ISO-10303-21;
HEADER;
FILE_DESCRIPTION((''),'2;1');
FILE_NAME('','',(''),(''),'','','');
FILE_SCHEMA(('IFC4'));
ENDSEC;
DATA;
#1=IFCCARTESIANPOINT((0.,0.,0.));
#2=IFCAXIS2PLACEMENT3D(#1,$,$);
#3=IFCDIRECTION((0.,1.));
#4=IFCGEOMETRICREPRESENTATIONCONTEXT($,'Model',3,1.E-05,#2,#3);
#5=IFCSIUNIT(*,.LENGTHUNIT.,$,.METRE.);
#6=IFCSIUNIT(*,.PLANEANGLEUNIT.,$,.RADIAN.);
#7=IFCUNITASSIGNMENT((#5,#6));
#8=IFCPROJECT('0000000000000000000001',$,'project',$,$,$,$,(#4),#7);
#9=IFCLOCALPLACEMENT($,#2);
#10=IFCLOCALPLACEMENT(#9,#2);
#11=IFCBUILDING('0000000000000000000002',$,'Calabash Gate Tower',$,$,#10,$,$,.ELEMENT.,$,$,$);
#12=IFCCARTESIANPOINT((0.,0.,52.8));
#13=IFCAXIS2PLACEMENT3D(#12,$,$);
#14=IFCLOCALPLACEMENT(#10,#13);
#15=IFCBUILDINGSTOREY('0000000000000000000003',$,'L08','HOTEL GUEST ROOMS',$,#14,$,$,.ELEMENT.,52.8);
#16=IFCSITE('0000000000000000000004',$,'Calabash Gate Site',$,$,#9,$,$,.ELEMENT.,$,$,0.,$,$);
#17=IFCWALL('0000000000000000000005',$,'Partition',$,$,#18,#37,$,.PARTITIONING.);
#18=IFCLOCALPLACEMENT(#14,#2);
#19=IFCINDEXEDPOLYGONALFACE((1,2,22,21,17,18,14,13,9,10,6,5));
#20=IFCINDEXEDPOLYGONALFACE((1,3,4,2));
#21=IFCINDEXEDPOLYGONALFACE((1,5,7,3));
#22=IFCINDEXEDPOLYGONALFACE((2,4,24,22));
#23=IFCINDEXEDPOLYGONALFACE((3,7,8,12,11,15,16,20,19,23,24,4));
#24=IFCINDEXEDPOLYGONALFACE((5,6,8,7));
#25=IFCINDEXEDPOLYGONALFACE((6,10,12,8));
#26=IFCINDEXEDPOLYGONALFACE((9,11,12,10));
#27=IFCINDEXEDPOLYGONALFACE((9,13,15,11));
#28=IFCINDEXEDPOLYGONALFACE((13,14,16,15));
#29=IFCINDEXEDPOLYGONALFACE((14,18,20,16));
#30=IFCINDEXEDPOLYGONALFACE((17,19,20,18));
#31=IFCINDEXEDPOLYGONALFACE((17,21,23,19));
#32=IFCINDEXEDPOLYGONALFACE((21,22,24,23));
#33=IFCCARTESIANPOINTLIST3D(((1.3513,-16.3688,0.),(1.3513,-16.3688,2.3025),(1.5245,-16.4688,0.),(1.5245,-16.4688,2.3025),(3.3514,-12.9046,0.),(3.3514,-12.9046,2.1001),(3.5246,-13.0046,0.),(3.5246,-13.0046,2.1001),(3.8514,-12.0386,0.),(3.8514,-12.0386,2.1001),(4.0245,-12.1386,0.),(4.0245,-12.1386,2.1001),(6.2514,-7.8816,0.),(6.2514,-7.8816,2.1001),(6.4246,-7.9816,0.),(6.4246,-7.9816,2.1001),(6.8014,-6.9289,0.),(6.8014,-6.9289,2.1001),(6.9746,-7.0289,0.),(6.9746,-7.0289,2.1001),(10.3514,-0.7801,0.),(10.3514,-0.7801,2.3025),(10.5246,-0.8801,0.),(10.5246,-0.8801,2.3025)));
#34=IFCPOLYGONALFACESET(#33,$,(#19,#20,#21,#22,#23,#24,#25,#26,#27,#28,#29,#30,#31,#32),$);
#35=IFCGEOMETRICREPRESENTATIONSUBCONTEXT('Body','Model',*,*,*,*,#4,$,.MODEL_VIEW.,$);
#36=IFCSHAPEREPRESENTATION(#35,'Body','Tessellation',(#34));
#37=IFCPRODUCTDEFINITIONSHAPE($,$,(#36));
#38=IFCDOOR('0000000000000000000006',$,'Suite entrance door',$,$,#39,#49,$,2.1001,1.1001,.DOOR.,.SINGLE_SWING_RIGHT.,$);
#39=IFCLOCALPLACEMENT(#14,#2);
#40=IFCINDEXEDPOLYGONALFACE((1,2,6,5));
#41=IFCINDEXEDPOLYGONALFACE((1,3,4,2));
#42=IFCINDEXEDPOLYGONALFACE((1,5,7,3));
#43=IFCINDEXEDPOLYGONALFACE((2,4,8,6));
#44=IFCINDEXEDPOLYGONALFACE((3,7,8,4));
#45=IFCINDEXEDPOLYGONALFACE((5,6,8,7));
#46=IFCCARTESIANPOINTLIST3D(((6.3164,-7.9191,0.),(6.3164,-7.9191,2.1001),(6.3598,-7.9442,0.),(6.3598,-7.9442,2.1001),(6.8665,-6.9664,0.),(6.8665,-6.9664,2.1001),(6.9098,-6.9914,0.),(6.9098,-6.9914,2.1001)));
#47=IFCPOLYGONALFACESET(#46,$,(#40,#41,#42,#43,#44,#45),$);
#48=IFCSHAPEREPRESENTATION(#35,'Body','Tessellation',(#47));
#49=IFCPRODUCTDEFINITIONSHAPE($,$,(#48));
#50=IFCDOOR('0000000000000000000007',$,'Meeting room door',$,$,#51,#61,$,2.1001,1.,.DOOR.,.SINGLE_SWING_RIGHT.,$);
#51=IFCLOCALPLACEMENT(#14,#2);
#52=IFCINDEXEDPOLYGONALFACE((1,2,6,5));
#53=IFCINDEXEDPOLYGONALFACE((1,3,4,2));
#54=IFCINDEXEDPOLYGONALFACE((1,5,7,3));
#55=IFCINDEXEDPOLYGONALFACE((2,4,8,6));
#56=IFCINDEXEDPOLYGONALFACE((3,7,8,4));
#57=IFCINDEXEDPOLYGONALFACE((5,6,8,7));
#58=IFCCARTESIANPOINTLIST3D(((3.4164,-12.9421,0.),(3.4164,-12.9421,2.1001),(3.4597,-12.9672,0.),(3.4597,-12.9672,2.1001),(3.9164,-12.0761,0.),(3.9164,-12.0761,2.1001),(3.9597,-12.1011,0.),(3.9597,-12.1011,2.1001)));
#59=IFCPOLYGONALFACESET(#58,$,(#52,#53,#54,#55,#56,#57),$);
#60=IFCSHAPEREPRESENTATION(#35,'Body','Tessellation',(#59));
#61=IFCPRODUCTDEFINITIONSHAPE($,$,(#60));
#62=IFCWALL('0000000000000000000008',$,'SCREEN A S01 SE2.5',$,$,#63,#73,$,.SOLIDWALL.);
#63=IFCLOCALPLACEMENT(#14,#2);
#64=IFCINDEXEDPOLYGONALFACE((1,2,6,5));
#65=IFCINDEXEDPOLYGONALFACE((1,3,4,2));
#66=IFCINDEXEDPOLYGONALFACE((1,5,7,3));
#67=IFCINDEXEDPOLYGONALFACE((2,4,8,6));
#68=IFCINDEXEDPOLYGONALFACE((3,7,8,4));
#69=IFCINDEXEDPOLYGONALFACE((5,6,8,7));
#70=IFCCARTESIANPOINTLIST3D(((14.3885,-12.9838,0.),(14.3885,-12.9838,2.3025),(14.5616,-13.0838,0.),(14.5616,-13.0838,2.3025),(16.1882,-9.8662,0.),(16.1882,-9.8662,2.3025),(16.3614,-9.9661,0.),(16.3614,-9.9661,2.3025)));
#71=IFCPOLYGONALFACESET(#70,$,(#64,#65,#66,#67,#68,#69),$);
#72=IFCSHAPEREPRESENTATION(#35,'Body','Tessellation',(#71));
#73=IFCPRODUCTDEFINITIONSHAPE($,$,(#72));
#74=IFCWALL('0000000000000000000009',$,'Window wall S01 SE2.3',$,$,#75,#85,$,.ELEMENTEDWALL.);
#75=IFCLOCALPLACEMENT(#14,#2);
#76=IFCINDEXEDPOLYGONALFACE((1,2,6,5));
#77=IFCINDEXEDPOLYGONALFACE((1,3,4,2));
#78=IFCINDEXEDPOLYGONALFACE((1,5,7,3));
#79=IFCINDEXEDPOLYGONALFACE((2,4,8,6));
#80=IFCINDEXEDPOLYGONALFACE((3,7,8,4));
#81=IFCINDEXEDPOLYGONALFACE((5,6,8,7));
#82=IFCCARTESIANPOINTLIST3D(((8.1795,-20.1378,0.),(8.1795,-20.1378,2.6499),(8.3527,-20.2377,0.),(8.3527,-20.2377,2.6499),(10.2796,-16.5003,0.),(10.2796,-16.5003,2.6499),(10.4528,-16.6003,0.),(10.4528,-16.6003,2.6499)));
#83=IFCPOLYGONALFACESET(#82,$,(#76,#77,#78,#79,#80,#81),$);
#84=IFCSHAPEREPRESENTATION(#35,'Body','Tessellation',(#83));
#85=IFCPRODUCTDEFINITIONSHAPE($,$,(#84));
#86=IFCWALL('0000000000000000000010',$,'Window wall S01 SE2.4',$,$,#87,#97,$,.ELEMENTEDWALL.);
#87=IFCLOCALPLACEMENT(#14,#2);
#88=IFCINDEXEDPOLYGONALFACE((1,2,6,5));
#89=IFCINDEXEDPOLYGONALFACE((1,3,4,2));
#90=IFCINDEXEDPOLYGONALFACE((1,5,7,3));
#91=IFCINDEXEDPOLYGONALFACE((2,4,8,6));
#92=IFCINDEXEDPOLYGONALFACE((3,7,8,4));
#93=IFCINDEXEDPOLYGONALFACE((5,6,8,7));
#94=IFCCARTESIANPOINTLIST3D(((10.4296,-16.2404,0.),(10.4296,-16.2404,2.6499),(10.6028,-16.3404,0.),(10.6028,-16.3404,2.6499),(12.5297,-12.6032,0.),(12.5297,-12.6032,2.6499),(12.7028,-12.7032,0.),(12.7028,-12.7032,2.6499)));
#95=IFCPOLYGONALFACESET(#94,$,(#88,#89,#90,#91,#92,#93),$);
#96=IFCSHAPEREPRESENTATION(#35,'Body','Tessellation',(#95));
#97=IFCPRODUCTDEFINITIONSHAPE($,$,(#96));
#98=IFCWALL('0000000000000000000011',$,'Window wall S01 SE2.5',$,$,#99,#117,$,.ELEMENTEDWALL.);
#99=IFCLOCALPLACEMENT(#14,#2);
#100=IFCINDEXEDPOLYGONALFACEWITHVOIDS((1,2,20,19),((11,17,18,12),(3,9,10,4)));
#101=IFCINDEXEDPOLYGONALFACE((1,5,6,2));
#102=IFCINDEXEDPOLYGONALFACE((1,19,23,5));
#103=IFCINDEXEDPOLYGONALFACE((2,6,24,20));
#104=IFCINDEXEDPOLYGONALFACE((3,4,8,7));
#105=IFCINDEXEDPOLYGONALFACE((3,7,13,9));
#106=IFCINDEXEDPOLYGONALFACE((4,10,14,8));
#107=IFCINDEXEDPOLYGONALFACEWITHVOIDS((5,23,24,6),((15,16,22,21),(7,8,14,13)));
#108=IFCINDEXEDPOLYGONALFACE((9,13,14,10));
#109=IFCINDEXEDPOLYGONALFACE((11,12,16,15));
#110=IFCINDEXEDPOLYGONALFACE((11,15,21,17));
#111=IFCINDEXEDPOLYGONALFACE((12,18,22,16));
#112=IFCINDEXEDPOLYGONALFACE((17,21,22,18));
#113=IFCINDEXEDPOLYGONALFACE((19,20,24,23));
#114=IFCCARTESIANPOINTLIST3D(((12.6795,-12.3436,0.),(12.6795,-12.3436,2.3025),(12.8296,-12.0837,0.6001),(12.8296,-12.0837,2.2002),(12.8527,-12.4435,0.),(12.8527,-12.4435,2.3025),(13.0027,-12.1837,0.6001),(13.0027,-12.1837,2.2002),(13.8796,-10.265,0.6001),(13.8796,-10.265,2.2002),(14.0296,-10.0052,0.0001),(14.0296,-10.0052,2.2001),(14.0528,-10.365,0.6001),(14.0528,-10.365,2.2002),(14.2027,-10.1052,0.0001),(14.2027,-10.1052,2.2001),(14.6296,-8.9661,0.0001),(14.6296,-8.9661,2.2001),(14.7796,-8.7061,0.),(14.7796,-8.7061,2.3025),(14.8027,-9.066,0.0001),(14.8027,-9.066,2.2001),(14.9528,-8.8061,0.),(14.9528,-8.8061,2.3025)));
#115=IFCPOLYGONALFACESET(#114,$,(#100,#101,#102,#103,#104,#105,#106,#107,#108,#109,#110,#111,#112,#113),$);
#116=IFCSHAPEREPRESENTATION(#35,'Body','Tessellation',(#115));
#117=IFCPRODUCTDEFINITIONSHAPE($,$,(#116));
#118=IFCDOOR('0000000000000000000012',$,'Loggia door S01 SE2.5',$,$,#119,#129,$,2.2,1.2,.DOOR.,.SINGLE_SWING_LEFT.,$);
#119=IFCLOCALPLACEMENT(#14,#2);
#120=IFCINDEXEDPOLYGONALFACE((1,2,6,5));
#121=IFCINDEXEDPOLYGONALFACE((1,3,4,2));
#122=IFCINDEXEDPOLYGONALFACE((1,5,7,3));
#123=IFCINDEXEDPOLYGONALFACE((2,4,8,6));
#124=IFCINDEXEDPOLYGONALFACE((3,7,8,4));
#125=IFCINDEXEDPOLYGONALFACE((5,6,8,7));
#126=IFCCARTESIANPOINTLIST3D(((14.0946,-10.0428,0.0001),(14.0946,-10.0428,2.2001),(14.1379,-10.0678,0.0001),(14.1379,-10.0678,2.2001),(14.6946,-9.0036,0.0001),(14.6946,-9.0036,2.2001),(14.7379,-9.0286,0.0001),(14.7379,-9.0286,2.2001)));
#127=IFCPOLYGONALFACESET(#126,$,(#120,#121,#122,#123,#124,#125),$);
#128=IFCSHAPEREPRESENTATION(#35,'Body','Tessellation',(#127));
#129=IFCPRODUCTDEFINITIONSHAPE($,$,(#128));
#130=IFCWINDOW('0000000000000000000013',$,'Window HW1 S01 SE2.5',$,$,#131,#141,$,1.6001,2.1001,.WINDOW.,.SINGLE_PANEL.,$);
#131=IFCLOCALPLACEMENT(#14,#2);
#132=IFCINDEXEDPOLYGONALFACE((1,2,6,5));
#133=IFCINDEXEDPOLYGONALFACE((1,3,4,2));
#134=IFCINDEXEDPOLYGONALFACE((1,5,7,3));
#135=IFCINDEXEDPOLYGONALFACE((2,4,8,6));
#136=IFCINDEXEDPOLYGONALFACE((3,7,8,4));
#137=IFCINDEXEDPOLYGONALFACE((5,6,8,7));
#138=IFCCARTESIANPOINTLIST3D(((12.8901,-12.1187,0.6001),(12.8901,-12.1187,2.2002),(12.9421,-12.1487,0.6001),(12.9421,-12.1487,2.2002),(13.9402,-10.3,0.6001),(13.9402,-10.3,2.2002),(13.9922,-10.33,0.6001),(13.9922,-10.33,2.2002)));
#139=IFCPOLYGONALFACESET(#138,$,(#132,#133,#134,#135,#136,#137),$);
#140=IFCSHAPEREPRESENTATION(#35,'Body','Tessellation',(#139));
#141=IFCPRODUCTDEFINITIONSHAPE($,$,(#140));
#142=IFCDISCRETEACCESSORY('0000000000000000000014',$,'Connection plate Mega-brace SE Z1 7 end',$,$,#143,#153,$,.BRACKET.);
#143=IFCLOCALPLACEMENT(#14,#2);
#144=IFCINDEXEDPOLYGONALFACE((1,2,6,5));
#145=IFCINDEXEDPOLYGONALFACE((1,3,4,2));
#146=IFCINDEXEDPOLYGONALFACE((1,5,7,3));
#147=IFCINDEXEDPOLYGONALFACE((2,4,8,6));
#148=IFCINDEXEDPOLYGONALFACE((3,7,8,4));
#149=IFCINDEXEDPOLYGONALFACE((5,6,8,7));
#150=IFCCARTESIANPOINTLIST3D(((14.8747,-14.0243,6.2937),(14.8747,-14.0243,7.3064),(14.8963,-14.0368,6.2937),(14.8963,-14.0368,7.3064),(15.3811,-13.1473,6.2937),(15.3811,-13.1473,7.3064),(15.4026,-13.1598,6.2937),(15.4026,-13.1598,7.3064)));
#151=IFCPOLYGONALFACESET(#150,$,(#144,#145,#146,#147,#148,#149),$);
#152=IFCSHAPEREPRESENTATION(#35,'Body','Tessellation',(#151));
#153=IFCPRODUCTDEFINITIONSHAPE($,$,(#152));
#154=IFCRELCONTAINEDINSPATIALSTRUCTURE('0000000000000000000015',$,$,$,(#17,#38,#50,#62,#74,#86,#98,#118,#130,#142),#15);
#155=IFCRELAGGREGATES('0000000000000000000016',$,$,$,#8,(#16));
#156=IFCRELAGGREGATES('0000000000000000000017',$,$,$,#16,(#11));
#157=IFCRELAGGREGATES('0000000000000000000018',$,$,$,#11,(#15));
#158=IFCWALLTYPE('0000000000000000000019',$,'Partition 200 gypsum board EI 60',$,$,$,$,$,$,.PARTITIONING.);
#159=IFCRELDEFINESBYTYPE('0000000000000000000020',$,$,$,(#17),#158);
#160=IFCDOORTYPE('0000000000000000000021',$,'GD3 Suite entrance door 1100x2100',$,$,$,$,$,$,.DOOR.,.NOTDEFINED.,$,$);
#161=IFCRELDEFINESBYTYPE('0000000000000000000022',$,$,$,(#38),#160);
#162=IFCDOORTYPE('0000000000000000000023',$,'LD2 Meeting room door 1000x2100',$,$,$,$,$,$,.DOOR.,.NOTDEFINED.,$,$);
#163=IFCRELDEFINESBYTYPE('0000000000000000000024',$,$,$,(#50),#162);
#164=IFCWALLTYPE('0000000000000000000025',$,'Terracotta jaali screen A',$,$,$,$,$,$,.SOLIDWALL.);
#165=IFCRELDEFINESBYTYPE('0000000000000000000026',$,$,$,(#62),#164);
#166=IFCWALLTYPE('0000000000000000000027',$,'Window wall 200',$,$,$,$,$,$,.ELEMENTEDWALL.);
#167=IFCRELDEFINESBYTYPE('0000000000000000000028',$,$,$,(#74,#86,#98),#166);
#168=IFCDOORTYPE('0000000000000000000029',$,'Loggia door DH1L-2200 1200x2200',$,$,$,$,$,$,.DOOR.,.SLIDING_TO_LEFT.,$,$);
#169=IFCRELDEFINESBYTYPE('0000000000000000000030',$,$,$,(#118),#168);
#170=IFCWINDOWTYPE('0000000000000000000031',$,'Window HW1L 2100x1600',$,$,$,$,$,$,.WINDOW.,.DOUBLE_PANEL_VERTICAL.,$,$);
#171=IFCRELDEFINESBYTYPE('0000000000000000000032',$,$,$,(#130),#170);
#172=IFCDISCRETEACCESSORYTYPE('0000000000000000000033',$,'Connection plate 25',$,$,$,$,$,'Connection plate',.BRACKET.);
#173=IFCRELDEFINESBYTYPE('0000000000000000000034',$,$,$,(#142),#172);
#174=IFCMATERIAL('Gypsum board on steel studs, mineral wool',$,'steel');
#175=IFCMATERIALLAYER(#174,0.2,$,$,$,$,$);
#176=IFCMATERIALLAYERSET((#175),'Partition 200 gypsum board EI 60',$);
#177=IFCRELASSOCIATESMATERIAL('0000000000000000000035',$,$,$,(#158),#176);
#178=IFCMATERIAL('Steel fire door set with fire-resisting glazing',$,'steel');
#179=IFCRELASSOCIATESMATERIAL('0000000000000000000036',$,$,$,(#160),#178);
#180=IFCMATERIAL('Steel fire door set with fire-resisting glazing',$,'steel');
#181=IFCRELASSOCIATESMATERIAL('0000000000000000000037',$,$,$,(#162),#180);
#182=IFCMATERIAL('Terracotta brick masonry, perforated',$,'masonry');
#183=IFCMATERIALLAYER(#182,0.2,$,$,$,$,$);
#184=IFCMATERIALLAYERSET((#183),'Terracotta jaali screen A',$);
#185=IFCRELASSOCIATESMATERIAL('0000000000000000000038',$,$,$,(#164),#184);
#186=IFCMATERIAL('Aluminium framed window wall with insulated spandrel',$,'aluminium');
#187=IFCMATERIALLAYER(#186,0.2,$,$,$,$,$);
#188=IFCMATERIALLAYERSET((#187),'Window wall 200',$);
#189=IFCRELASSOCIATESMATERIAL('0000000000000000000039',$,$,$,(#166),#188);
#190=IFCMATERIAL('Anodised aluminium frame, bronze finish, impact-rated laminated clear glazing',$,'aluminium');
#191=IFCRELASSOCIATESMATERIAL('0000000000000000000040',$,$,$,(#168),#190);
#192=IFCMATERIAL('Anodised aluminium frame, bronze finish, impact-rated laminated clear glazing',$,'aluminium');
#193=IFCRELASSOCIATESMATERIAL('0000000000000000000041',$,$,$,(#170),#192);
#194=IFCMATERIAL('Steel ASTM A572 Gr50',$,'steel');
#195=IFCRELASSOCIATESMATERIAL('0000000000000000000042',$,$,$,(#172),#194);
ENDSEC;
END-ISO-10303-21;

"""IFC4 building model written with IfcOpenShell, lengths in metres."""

from ifc_helpers import new_model, si_unit, direction, frame, frame_2d, origin, origin_2d, place, context, subcontext, project, spatial, rectangle, extrude, material, layer, layer_set, type_object, element, fill, save


model = new_model("IFC4")

# Units and contexts
model_context = context("Model", 3, precision=1e-05, world=origin(), true_north=direction((0.0, 1.0)))
body_context = subcontext(model_context, "Body", "Model", "MODEL_VIEW")
ifc_project = project(units=[si_unit("LENGTHUNIT", "METRE"), si_unit("PLANEANGLEUNIT", "RADIAN")], contexts=[model_context])

# Site, building, storey
site_placement = place(None, origin())
site = spatial("IfcSite", under=ifc_project, at=site_placement, Name="Calabash Gate Site", CompositionType="ELEMENT", RefElevation=0.0)
building_placement = place(site_placement, origin())
building = spatial("IfcBuilding", under=site, at=building_placement, Name="Calabash Gate Tower", CompositionType="ELEMENT")
storey_placement = place(building_placement, frame((0.0, 0.0, 52.8)))
storey = spatial("IfcBuildingStorey", under=building, at=storey_placement, Name="L08", Description="HOTEL GUEST ROOMS", CompositionType="ELEMENT", Elevation=52.8)

# Shared definitions
ifc_material_1 = material(Name="Gypsum board on steel studs, mineral wool", Category="steel")
ifc_layer_1 = layer(ifc_material_1, 0.2)
ifc_layer_set_1 = layer_set([ifc_layer_1], Name="Partition 200 gypsum board EI 60")
wall_type_1 = type_object("IfcWallType", Name="Partition 200 gypsum board EI 60", PredefinedType="PARTITIONING", material=ifc_layer_set_1)
ifc_material_2 = material(Name="Steel fire door set with fire-resisting glazing", Category="steel")
door_type_1 = type_object("IfcDoorType", Name="GD3 Suite entrance door 1100x2100", OperationType="NOTDEFINED", PredefinedType="DOOR", material=ifc_material_2)

# Shared definitions
ifc_material_3 = material(Name="Steel fire door set with fire-resisting glazing", Category="steel")
door_type_2 = type_object("IfcDoorType", Name="LD2 Meeting room door 1000x2100", OperationType="NOTDEFINED", PredefinedType="DOOR", material=ifc_material_3)

# Wall, openings, doors
wall_1_placement = place(storey_placement, frame((1.438, -16.4187, 0.0), z_axis=(0.0, 0.0, 1.0), x_axis=(0.499996, 0.866028, 0.0)))
wall_1 = element("IfcWall", 1, at=wall_1_placement, inside=storey, type_object=wall_type_1, Name="Partition", PredefinedType="PARTITIONING", context=body_context, shape_type="SweptSolid", body=[
    extrude(rectangle(XDim=18.0002, YDim=0.2, at=frame_2d((9.0, 0.0))), origin(), (0.0, 0.0, 1.0), 2.3025),
])
opening_1_placement = place(wall_1_placement, frame((4.0, 0.0, 0.0)))
opening_1 = element("IfcOpeningElement", 2, at=opening_1_placement, cuts=wall_1, PredefinedType="OPENING", context=body_context, shape_type="SweptSolid", body=[
    extrude(rectangle(XDim=1.0, YDim=2.1001, at=frame_2d((0.5, 1.05))), frame((0.0, 0.1099, 0.0), z_axis=(0.0, -1.0, 0.0), x_axis=(1.0, 0.0, 0.0)), (0.0, 0.0, 1.0), 0.22),
])
opening_2_placement = place(wall_1_placement, frame((9.8, 0.0, 0.0)))
opening_2 = element("IfcOpeningElement", 3, at=opening_2_placement, cuts=wall_1, PredefinedType="OPENING", context=body_context, shape_type="SweptSolid", body=[
    extrude(rectangle(XDim=1.1001, YDim=2.1001, at=frame_2d((0.55, 1.05))), frame((0.0, 0.1099, 0.0), z_axis=(0.0, -1.0, 0.0), x_axis=(1.0, 0.0, 0.0)), (0.0, 0.0, 1.0), 0.22),
])
door_1_placement = place(opening_2_placement, origin())
door_1 = element("IfcDoor", 4, at=door_1_placement, inside=storey, type_object=door_type_1, Name="Suite entrance door", OperationType="SINGLE_SWING_RIGHT", OverallHeight=2.1001, OverallWidth=1.1001, PredefinedType="DOOR", context=body_context, shape_type="SweptSolid", body=[
    extrude(rectangle(XDim=1.1001, YDim=2.1001, at=frame_2d((0.55, 1.05))), frame((0.0, 0.0249, 0.0), z_axis=(0.0, -1.0, 0.0), x_axis=(1.0, 0.0, 0.0)), (0.0, 0.0, 1.0), 0.05),
])
fill(opening_2, door_1)
door_2_placement = place(opening_1_placement, origin())
door_2 = element("IfcDoor", 5, at=door_2_placement, inside=storey, type_object=door_type_2, Name="Meeting room door", OperationType="SINGLE_SWING_RIGHT", OverallHeight=2.1001, OverallWidth=1.0, PredefinedType="DOOR", context=body_context, shape_type="SweptSolid", body=[
    extrude(rectangle(XDim=1.0, YDim=2.1001, at=frame_2d((0.5, 1.05))), frame((0.0, 0.0249, 0.0), z_axis=(0.0, -1.0, 0.0), x_axis=(1.0, 0.0, 0.0)), (0.0, 0.0, 1.0), 0.05),
])
fill(opening_1, door_2)

# Walls
ifc_material_4 = material(Name="Terracotta brick masonry, perforated", Category="masonry")
ifc_layer_2 = layer(ifc_material_4, 0.2)
ifc_layer_set_2 = layer_set([ifc_layer_2], Name="Terracotta jaali screen A")
wall_type_2 = type_object("IfcWallType", Name="Terracotta jaali screen A", PredefinedType="SOLIDWALL", material=ifc_layer_set_2)
wall_2_placement = place(storey_placement, frame((14.4751, -13.0337, 0.0), z_axis=(0.0, 0.0, 1.0), x_axis=(0.499961, 0.866048, 0.0)))
element("IfcWall", 6, at=wall_2_placement, inside=storey, type_object=wall_type_2, Name="SCREEN A S01 SE2.5", PredefinedType="SOLIDWALL", context=body_context, shape_type="SweptSolid", body=[
    extrude(rectangle(XDim=3.5999, YDim=0.2, at=frame_2d((1.7998, 0.0))), origin(), (0.0, 0.0, 1.0), 2.3025),
])
ifc_material_5 = material(Name="Aluminium framed window wall with insulated spandrel", Category="aluminium")
ifc_layer_3 = layer(ifc_material_5, 0.2)
ifc_layer_set_3 = layer_set([ifc_layer_3], Name="Window wall 200")
wall_type_3 = type_object("IfcWallType", Name="Window wall 200", PredefinedType="ELEMENTEDWALL", material=ifc_layer_set_3)
wall_3_placement = place(storey_placement, frame((8.2661, -20.1877, 0.0), z_axis=(0.0, 0.0, 1.0), x_axis=(0.500003, 0.866024, 0.0)))
element("IfcWall", 7, at=wall_3_placement, inside=storey, type_object=wall_type_3, Name="Window wall S01 SE2.3", PredefinedType="ELEMENTEDWALL", context=body_context, shape_type="SweptSolid", body=[
    extrude(rectangle(XDim=4.2002, YDim=0.2, at=frame_2d((2.1001, 0.0))), origin(), (0.0, 0.0, 1.0), 2.6499),
])
wall_4_placement = place(storey_placement, frame((10.5161, -16.2905, 0.0), z_axis=(0.0, 0.0, 1.0), x_axis=(0.500028, 0.866009, 0.0)))
element("IfcWall", 8, at=wall_4_placement, inside=storey, type_object=wall_type_3, Name="Window wall S01 SE2.4", PredefinedType="ELEMENTEDWALL", context=body_context, shape_type="SweptSolid", body=[
    extrude(rectangle(XDim=4.2, YDim=0.2, at=frame_2d((2.1001, 0.0))), origin(), (0.0, 0.0, 1.0), 2.6499),
])

# Wall, openings, door, window
wall_5_placement = place(storey_placement, frame((12.7661, -12.3936, 0.0), z_axis=(0.0, 0.0, 1.0), x_axis=(0.500003, 0.866024, 0.0)))
wall_5 = element("IfcWall", 9, at=wall_5_placement, inside=storey, type_object=wall_type_3, Name="Window wall S01 SE2.5", PredefinedType="ELEMENTEDWALL", context=body_context, shape_type="SweptSolid", body=[
    extrude(rectangle(XDim=4.2002, YDim=0.2, at=frame_2d((2.1001, 0.0))), origin(), (0.0, 0.0, 1.0), 2.3025),
])
opening_3_placement = place(wall_5_placement, frame((0.3, 0.0, 0.6001)))
opening_3 = element("IfcOpeningElement", 10, at=opening_3_placement, cuts=wall_5, PredefinedType="OPENING", context=body_context, shape_type="SweptSolid", body=[
    extrude(rectangle(XDim=2.1001, YDim=1.6001, at=frame_2d((1.05, 0.8))), frame((0.0, 0.1099, 0.0), z_axis=(0.0, -1.0, 0.0), x_axis=(1.0, 0.0, 0.0)), (0.0, 0.0, 1.0), 0.22),
])
opening_4_placement = place(wall_5_placement, frame((2.7, 0.0, 0.0)))
opening_4 = element("IfcOpeningElement", 11, at=opening_4_placement, cuts=wall_5, PredefinedType="OPENING", context=body_context, shape_type="SweptSolid", body=[
    extrude(rectangle(XDim=1.2, YDim=2.2, at=frame_2d((0.6001, 1.1001))), frame((0.0, 0.1099, 0.0), z_axis=(0.0, -1.0, 0.0), x_axis=(1.0, 0.0, 0.0)), (0.0, 0.0, 1.0), 0.22),
])
ifc_material_6 = material(Name="Anodised aluminium frame, bronze finish, impact-rated laminated clear glazing", Category="aluminium")
door_type_3 = type_object("IfcDoorType", Name="Loggia door DH1L-2200 1200x2200", OperationType="SLIDING_TO_LEFT", PredefinedType="DOOR", material=ifc_material_6)
door_3_placement = place(opening_4_placement, origin())
door_3 = element("IfcDoor", 12, at=door_3_placement, inside=storey, type_object=door_type_3, Name="Loggia door S01 SE2.5", OperationType="SINGLE_SWING_LEFT", OverallHeight=2.2, OverallWidth=1.2, PredefinedType="DOOR", context=body_context, shape_type="SweptSolid", body=[
    extrude(rectangle(XDim=1.2, YDim=2.2, at=frame_2d((0.6001, 1.1001))), frame((0.0, 0.0249, 0.0), z_axis=(0.0, -1.0, 0.0), x_axis=(1.0, 0.0, 0.0)), (0.0, 0.0, 1.0), 0.05),
])
fill(opening_4, door_3)
ifc_material_7 = material(Name="Anodised aluminium frame, bronze finish, impact-rated laminated clear glazing", Category="aluminium")
window_type = type_object("IfcWindowType", Name="Window HW1L 2100x1600", PartitioningType="DOUBLE_PANEL_VERTICAL", PredefinedType="WINDOW", material=ifc_material_7)
window_placement = place(opening_3_placement, origin())
window = element("IfcWindow", 13, at=window_placement, inside=storey, type_object=window_type, Name="Window HW1 S01 SE2.5", OverallHeight=1.6001, OverallWidth=2.1001, PartitioningType="SINGLE_PANEL", PredefinedType="WINDOW", context=body_context, shape_type="SweptSolid", body=[
    extrude(rectangle(XDim=2.1001, YDim=1.6001, at=frame_2d((1.05, 0.8))), frame((0.0, 0.03, 0.0), z_axis=(0.0, -1.0, 0.0), x_axis=(1.0, 0.0, 0.0)), (0.0, 0.0, 1.0), 0.0601),
])
fill(opening_3, window)

# Discrete accessory
ifc_material_8 = material(Name="Steel ASTM A572 Gr50", Category="steel")
discrete_accessory_type = type_object("IfcDiscreteAccessoryType", Name="Connection plate 25", ElementType="Connection plate", PredefinedType="BRACKET", material=ifc_material_8)
discrete_accessory_placement = place(storey_placement, frame((15.1387, -13.592, 6.2937), z_axis=(0.0, 0.0, 1.0), x_axis=(0.5, 0.866025, 0.0)))
element("IfcDiscreteAccessory", 14, at=discrete_accessory_placement, inside=storey, type_object=discrete_accessory_type, Name="Connection plate Mega-brace SE Z1 7 end", PredefinedType="BRACKET", context=body_context, shape_type="SweptSolid", body=[
    extrude(rectangle(XDim=1.0127, YDim=0.0249, at=origin_2d()), origin(), (0.0, 0.0, 1.0), 1.0127),
])

save(model, "model.ifc")
